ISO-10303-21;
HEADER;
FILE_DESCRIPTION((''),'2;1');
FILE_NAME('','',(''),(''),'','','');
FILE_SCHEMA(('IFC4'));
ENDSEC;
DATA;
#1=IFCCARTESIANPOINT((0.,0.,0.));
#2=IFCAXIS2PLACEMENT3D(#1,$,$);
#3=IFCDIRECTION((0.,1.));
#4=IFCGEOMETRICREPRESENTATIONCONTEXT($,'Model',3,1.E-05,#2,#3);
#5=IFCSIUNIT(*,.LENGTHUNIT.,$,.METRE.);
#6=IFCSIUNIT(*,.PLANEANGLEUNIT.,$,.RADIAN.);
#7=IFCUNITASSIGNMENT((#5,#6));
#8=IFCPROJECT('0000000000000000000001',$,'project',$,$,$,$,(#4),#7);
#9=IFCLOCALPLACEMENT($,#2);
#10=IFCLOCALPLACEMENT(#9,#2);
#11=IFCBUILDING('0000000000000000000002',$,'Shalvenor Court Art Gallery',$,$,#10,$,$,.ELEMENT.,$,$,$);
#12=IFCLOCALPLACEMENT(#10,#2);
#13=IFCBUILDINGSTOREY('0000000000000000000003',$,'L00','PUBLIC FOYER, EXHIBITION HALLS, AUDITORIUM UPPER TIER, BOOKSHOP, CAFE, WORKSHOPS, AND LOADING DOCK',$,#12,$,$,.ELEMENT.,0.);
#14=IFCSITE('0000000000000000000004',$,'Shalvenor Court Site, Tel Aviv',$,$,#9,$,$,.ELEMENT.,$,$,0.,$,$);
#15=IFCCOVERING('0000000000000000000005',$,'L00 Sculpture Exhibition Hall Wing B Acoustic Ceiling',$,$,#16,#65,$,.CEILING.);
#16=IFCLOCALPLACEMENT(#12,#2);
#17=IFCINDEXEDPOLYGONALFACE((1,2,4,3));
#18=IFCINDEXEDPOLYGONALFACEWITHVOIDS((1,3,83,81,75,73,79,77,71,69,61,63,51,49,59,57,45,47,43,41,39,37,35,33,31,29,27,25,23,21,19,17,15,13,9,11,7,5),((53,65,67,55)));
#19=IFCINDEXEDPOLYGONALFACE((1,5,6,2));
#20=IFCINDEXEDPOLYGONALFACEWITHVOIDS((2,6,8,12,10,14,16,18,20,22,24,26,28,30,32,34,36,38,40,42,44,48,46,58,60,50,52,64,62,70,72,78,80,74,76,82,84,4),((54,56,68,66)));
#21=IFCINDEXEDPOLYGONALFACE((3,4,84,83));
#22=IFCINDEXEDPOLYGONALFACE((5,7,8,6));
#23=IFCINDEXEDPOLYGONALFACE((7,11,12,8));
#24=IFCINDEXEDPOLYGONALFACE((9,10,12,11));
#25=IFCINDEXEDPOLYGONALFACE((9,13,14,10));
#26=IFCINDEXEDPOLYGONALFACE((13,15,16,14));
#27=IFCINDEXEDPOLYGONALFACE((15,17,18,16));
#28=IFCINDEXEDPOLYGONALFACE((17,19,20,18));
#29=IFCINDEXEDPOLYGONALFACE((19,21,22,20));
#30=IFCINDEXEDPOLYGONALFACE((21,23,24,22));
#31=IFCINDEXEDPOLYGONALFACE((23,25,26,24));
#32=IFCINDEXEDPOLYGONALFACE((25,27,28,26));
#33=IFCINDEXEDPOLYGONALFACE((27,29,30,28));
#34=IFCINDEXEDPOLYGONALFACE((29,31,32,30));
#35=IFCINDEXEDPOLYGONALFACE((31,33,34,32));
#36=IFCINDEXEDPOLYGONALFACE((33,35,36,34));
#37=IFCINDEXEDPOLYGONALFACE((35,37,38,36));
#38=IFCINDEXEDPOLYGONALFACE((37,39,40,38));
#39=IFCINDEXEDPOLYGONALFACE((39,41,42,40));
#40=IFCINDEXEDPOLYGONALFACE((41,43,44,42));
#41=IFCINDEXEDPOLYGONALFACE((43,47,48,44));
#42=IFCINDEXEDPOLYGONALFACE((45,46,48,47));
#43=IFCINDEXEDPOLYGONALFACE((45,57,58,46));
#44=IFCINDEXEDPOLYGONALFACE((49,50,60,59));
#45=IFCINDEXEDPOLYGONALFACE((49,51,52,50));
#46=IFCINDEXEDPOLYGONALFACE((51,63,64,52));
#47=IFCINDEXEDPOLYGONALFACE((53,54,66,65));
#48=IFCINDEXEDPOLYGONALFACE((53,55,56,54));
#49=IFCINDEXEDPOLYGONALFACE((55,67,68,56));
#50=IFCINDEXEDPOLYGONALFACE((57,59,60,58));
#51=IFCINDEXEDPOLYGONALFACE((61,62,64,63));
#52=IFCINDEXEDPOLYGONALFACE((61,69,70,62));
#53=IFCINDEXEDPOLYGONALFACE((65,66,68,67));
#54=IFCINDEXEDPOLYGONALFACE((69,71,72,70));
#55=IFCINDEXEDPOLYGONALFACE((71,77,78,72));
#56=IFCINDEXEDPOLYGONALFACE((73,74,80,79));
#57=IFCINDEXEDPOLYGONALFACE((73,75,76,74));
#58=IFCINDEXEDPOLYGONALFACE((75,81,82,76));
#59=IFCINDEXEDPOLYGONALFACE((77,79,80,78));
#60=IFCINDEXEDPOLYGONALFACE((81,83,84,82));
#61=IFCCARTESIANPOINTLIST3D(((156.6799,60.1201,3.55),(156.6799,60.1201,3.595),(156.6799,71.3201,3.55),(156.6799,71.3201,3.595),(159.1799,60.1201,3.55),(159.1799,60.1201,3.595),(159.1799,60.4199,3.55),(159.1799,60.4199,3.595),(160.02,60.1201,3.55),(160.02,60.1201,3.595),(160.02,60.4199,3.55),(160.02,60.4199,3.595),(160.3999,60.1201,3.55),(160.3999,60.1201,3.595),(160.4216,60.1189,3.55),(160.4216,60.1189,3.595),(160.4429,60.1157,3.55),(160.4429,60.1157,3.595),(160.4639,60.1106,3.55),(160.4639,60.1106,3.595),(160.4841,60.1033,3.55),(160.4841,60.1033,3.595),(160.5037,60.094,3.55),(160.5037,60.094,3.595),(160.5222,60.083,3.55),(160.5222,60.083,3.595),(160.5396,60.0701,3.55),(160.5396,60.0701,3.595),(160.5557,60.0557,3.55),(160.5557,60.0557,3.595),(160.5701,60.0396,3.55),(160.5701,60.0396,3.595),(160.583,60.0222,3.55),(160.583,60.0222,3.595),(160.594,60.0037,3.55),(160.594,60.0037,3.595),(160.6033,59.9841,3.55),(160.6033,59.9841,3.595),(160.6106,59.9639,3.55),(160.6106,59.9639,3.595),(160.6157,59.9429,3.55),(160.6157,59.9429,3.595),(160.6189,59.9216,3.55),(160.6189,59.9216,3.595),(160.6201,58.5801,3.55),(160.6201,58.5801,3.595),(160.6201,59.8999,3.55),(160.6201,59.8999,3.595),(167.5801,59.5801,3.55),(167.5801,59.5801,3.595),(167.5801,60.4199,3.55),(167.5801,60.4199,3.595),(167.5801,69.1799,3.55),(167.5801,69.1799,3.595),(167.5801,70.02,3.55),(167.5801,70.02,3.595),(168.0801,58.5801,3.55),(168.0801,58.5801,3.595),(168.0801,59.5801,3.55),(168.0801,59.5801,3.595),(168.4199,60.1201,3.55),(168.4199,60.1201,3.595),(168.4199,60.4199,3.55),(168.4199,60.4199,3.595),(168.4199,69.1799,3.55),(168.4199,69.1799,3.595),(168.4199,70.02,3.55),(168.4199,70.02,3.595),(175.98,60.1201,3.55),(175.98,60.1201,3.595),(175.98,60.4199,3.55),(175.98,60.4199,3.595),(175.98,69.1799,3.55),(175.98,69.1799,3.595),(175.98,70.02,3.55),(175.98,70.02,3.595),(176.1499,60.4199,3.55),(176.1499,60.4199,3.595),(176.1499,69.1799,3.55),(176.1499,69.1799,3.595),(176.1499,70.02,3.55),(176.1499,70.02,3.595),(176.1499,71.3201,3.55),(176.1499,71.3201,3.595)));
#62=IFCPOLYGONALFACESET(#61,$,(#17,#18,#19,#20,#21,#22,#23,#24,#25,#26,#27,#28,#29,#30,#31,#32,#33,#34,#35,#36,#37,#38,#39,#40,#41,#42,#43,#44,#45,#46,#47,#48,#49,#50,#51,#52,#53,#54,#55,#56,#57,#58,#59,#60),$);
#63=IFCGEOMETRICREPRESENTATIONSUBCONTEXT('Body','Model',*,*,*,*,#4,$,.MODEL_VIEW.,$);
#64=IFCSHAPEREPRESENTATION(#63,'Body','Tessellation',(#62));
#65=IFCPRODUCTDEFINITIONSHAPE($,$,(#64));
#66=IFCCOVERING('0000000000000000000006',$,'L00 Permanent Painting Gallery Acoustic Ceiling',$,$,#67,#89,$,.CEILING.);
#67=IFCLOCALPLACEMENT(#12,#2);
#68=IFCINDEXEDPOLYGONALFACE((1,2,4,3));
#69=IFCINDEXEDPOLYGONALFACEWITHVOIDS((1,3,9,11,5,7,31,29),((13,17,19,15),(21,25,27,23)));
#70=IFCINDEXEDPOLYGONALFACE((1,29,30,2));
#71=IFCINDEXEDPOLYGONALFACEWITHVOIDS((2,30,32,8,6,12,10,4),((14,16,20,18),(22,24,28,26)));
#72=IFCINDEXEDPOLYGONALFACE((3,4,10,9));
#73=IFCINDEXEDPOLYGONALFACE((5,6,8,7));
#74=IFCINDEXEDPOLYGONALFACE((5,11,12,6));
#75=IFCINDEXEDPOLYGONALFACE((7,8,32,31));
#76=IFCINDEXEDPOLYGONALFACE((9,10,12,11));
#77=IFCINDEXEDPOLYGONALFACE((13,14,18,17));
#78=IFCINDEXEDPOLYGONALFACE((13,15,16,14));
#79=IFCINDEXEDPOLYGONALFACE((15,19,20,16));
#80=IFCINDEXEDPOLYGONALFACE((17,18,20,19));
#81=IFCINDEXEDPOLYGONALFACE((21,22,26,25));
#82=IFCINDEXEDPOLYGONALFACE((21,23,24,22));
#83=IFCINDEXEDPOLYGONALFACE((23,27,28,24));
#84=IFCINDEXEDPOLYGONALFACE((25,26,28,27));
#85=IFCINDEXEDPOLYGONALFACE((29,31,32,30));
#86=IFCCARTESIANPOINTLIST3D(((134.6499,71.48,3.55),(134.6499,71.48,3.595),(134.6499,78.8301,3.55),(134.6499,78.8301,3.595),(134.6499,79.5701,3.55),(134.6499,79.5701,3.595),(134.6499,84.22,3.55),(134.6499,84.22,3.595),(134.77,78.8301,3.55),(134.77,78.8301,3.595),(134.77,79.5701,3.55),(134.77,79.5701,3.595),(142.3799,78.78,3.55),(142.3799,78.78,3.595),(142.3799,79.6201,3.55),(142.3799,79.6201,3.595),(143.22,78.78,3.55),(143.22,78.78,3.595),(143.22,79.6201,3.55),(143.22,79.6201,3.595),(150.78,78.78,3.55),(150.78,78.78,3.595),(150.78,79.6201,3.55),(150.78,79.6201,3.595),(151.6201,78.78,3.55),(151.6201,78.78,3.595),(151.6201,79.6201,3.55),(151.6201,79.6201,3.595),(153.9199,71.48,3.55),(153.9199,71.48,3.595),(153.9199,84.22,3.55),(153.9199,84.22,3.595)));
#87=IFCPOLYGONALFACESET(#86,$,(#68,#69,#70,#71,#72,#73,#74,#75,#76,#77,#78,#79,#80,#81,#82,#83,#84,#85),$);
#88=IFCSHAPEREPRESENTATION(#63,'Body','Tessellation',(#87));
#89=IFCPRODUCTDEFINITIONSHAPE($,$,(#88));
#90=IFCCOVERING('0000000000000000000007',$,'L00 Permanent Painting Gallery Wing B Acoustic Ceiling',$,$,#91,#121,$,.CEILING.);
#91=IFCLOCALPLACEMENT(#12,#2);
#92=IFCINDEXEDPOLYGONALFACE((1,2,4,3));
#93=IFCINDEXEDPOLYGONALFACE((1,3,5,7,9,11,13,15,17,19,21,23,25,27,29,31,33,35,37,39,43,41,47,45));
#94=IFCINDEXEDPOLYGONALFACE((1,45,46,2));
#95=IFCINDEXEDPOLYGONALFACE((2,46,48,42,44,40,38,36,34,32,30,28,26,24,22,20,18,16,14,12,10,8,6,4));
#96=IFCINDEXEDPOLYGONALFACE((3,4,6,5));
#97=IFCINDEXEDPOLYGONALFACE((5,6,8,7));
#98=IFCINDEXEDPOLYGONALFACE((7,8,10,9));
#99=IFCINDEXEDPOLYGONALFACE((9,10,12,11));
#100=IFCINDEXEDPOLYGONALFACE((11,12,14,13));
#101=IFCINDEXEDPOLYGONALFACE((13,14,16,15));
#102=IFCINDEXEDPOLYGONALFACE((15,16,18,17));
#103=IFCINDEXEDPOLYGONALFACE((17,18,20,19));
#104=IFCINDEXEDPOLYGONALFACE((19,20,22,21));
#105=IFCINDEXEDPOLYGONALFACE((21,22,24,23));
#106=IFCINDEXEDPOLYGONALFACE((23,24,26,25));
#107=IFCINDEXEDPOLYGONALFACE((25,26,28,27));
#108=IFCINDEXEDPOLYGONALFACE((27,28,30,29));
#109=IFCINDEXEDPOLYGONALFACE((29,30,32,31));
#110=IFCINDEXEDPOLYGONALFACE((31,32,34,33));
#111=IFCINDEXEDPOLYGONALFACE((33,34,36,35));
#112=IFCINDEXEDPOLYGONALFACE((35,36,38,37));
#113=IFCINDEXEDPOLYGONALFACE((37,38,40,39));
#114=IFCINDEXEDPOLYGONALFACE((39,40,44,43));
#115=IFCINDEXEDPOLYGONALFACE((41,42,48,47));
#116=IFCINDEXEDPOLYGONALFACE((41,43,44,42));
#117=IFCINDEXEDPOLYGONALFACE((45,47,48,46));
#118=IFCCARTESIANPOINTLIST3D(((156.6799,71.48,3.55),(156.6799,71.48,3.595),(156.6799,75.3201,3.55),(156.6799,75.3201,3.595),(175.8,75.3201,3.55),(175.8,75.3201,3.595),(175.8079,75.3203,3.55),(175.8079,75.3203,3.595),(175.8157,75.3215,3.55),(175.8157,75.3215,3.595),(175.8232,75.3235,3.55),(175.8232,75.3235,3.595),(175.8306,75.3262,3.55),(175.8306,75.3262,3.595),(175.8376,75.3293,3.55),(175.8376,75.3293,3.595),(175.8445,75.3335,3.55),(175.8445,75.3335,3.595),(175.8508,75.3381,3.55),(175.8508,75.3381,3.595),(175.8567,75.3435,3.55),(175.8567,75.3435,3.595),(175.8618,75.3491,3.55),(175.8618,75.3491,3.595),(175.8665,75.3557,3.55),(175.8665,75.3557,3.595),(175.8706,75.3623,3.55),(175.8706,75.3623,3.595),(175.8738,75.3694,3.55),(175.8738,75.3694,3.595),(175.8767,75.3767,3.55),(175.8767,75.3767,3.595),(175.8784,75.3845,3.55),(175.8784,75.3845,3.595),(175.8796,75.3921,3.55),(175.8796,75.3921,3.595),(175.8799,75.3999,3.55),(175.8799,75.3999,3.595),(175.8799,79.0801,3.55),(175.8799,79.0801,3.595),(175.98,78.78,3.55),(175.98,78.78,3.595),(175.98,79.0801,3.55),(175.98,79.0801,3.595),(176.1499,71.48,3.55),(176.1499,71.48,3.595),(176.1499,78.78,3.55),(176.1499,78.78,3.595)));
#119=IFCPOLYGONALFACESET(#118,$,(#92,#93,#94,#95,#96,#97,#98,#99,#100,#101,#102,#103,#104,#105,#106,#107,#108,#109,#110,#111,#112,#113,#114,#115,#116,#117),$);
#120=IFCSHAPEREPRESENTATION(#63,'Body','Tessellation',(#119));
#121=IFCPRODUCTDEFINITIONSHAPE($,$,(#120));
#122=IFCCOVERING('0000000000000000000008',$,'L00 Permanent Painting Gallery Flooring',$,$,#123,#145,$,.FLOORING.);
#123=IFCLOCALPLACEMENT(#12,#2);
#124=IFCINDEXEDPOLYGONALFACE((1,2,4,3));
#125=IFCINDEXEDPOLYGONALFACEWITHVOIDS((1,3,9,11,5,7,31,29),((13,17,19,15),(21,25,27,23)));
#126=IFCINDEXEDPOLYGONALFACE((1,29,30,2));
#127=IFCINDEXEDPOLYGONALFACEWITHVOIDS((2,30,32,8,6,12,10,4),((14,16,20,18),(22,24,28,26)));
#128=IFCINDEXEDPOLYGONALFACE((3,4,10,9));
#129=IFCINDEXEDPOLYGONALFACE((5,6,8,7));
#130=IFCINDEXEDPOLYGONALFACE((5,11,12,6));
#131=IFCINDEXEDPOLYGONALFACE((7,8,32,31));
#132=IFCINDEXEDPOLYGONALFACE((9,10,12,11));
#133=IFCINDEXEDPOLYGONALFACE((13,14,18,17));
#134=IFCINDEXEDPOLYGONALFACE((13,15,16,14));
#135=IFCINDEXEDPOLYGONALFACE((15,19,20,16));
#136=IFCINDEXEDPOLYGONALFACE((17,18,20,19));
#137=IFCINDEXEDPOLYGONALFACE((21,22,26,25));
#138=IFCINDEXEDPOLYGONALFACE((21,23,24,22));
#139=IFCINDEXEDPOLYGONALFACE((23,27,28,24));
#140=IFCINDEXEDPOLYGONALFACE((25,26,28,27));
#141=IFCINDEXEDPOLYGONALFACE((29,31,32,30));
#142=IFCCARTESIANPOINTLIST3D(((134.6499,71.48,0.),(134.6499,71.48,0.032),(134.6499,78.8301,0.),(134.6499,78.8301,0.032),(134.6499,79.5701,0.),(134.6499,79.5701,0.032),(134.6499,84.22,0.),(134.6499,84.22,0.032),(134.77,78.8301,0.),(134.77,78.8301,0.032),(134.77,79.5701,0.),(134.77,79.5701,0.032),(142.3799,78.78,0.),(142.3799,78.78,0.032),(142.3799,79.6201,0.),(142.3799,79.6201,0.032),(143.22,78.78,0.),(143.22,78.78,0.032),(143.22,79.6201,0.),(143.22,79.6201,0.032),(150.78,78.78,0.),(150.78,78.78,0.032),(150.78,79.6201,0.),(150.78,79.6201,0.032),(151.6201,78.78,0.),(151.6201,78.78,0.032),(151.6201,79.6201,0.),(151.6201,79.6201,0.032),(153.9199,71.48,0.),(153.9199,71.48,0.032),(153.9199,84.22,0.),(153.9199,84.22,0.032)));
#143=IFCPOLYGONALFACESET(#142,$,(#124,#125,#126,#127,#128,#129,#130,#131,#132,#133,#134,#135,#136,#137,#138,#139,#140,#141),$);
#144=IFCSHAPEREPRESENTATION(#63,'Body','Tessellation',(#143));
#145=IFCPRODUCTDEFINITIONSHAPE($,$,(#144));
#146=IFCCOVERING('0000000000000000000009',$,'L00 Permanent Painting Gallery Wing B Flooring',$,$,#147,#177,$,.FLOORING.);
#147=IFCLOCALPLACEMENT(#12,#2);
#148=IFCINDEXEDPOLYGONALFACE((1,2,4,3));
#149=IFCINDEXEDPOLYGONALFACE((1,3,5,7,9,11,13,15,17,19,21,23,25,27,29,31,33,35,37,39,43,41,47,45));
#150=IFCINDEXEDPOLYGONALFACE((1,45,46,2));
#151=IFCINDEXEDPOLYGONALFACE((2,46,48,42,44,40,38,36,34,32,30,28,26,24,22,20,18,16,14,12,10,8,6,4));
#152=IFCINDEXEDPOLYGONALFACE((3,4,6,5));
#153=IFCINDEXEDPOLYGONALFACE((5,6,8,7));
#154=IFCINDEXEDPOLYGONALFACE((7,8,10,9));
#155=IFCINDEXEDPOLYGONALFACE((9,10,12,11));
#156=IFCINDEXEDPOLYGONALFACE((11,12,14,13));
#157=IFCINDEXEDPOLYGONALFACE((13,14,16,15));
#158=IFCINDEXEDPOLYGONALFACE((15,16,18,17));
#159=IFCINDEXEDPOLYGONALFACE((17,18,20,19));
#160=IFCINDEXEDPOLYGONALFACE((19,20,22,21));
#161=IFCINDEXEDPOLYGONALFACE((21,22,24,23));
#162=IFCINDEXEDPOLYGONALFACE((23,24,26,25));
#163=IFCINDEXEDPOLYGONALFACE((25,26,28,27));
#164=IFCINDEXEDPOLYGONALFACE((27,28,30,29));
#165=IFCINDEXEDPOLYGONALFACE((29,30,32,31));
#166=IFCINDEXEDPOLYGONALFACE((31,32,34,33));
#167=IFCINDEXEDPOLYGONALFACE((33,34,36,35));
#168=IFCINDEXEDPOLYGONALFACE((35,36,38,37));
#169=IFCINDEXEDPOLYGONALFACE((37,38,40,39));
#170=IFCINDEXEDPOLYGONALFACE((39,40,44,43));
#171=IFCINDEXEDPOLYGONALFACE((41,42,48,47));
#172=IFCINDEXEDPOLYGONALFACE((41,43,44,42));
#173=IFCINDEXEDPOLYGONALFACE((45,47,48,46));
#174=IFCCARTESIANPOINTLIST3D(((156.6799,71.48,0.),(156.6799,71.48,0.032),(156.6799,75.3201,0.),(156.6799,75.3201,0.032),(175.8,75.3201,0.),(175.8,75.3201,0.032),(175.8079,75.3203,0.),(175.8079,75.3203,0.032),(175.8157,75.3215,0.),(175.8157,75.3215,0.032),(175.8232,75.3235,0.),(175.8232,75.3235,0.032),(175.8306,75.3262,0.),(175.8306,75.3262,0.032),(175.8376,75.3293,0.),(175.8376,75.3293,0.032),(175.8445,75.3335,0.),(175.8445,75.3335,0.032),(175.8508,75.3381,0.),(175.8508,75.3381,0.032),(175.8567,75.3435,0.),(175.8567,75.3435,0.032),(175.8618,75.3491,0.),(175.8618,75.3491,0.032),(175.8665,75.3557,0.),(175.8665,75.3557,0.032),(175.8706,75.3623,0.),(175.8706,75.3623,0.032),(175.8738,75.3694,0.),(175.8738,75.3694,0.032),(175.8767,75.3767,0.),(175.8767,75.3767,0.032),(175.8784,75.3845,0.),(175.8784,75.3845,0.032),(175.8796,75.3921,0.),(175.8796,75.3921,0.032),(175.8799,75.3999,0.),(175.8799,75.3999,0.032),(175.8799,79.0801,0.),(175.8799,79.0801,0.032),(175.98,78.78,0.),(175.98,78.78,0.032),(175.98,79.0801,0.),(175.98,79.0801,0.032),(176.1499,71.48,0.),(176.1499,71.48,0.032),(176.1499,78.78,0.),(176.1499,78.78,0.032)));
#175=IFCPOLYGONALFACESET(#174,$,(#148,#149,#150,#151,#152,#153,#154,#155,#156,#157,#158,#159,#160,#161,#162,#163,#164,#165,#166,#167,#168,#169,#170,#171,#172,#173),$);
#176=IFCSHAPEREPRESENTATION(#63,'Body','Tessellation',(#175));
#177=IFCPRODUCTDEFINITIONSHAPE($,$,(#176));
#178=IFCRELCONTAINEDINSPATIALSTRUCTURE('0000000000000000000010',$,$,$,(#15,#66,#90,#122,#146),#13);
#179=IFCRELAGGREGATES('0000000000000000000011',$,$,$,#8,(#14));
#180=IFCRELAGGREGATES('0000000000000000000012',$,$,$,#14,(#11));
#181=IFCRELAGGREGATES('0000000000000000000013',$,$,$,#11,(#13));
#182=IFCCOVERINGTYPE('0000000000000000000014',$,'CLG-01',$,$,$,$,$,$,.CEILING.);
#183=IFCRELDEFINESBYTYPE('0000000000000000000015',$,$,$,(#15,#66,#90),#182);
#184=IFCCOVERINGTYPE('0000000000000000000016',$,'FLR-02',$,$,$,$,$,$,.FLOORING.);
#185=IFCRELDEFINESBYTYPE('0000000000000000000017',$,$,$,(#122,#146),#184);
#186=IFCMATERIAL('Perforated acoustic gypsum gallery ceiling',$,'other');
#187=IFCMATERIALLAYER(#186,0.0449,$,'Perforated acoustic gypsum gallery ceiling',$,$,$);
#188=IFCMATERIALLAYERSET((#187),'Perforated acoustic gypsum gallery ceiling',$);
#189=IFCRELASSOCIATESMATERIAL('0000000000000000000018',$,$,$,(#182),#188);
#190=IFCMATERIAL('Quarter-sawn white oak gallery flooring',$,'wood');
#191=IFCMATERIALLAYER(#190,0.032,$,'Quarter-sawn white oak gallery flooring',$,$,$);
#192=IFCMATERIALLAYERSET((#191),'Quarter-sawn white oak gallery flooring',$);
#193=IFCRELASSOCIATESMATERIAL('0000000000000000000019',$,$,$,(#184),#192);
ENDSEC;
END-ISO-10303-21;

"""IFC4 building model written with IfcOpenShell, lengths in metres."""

from ifc_helpers import new_model, si_unit, direction, frame, origin, place, context, subcontext, project, spatial, polyline, outline, extrude, material, layer, layer_set, type_object, element, save


model = new_model("IFC4")

# Units and contexts
model_context = context("Model", 3, precision=1e-05, world=origin(), true_north=direction((0.0, 1.0)))
body_context = subcontext(model_context, "Body", "Model", "MODEL_VIEW")
ifc_project = project(units=[si_unit("LENGTHUNIT", "METRE"), si_unit("PLANEANGLEUNIT", "RADIAN")], contexts=[model_context])

# Site, building, storey
site_placement = place(None, origin())
site = spatial("IfcSite", under=ifc_project, at=site_placement, Name="Shalvenor Court Site, Tel Aviv", CompositionType="ELEMENT", RefElevation=0.0)
building_placement = place(site_placement, origin())
building = spatial("IfcBuilding", under=site, at=building_placement, Name="Shalvenor Court Art Gallery", CompositionType="ELEMENT")
storey_placement = place(building_placement, origin())
storey = spatial("IfcBuildingStorey", under=building, at=storey_placement, Name="L00", Description="PUBLIC FOYER, EXHIBITION HALLS, AUDITORIUM UPPER TIER, BOOKSHOP, CAFE, WORKSHOPS, AND LOADING DOCK", CompositionType="ELEMENT", Elevation=0.0)

# Coverings
ifc_material_1 = material(Name="Perforated acoustic gypsum gallery ceiling", Category="other")
ifc_layer_1 = layer(ifc_material_1, 0.0449, Name="Perforated acoustic gypsum gallery ceiling")
ifc_layer_set_1 = layer_set([ifc_layer_1], Name="Perforated acoustic gypsum gallery ceiling")
covering_type_1 = type_object("IfcCoveringType", Name="CLG-01", PredefinedType="CEILING", material=ifc_layer_set_1)
covering_1_placement = place(storey_placement, frame((0.0, 0.0, 3.55)))
element("IfcCovering", 1, at=covering_1_placement, inside=storey, type_object=covering_type_1, Name="L00 Sculpture Exhibition Hall Wing B Acoustic Ceiling", PredefinedType="CEILING", context=body_context, shape_type="SweptSolid", body=[
    extrude(outline(polyline([(168.4199, 60.1201), (168.4199, 60.4199), (167.5801, 60.4199), (167.5801, 59.5801), (168.0801, 59.5801), (168.0801, 58.5801), (160.6201, 58.5801), (160.6201, 59.8999), (160.6189, 59.9216), (160.6157, 59.9429), (160.6106, 59.9639), (160.6033, 59.9841), (160.594, 60.0037), (160.583, 60.0222), (160.5701, 60.0396), (160.5557, 60.0557), (160.5396, 60.0701), (160.5222, 60.083), (160.5037, 60.094), (160.4841, 60.1033), (160.4639, 60.1106), (160.4429, 60.1157), (160.4216, 60.1189), (160.3999, 60.1201), (160.02, 60.1201), (160.02, 60.4199), (159.1799, 60.4199), (159.1799, 60.1201), (156.6799, 60.1201), (156.6799, 71.3201), (176.1499, 71.3201), (176.1499, 70.02), (175.98, 70.02), (175.98, 69.1799), (176.1499, 69.1799), (176.1499, 60.4199), (175.98, 60.4199), (175.98, 60.1201), (168.4199, 60.1201)]), holes=[polyline([(167.5801, 70.02), (167.5801, 69.1799), (168.4199, 69.1799), (168.4199, 70.02), (167.5801, 70.02)])]), origin(), (0.0, 0.0, 1.0), 0.0449),
])
covering_2_placement = place(storey_placement, frame((0.0, 0.0, 3.55)))
element("IfcCovering", 2, at=covering_2_placement, inside=storey, type_object=covering_type_1, Name="L00 Permanent Painting Gallery Acoustic Ceiling", PredefinedType="CEILING", context=body_context, shape_type="SweptSolid", body=[
    extrude(outline(polyline([(153.9199, 84.22), (153.9199, 71.48), (134.6499, 71.48), (134.6499, 78.8301), (134.77, 78.8301), (134.77, 79.5701), (134.6499, 79.5701), (134.6499, 84.22), (153.9199, 84.22)]), holes=[polyline([(151.6201, 79.6201), (150.78, 79.6201), (150.78, 78.78), (151.6201, 78.78), (151.6201, 79.6201)]), polyline([(142.3799, 79.6201), (142.3799, 78.78), (143.22, 78.78), (143.22, 79.6201), (142.3799, 79.6201)])]), origin(), (0.0, 0.0, 1.0), 0.0449),
])
covering_3_placement = place(storey_placement, frame((0.0, 0.0, 3.55)))
element("IfcCovering", 3, at=covering_3_placement, inside=storey, type_object=covering_type_1, Name="L00 Permanent Painting Gallery Wing B Acoustic Ceiling", PredefinedType="CEILING", context=body_context, shape_type="SweptSolid", body=[
    extrude(outline(polyline([(176.1499, 71.48), (156.6799, 71.48), (156.6799, 75.3201), (175.8, 75.3201), (175.8079, 75.3203), (175.8157, 75.3215), (175.8232, 75.3235), (175.8306, 75.3262), (175.8376, 75.3293), (175.8445, 75.3335), (175.8508, 75.3381), (175.8567, 75.3435), (175.8618, 75.3491), (175.8665, 75.3557), (175.8706, 75.3623), (175.8738, 75.3694), (175.8767, 75.3767), (175.8784, 75.3845), (175.8796, 75.3921), (175.8799, 75.3999), (175.8799, 79.0801), (175.98, 79.0801), (175.98, 78.78), (176.1499, 78.78), (176.1499, 71.48)])), origin(), (0.0, 0.0, 1.0), 0.0449),
])
ifc_material_2 = material(Name="Quarter-sawn white oak gallery flooring", Category="wood")
ifc_layer_2 = layer(ifc_material_2, 0.032, Name="Quarter-sawn white oak gallery flooring")
ifc_layer_set_2 = layer_set([ifc_layer_2], Name="Quarter-sawn white oak gallery flooring")
covering_type_2 = type_object("IfcCoveringType", Name="FLR-02", PredefinedType="FLOORING", material=ifc_layer_set_2)
covering_4_placement = place(storey_placement, origin())
element("IfcCovering", 4, at=covering_4_placement, inside=storey, type_object=covering_type_2, Name="L00 Permanent Painting Gallery Flooring", PredefinedType="FLOORING", context=body_context, shape_type="SweptSolid", body=[
    extrude(outline(polyline([(153.9199, 84.22), (153.9199, 71.48), (134.6499, 71.48), (134.6499, 78.8301), (134.77, 78.8301), (134.77, 79.5701), (134.6499, 79.5701), (134.6499, 84.22), (153.9199, 84.22)]), holes=[polyline([(151.6201, 79.6201), (150.78, 79.6201), (150.78, 78.78), (151.6201, 78.78), (151.6201, 79.6201)]), polyline([(142.3799, 79.6201), (142.3799, 78.78), (143.22, 78.78), (143.22, 79.6201), (142.3799, 79.6201)])]), origin(), (0.0, 0.0, 1.0), 0.032),
])
covering_5_placement = place(storey_placement, origin())
element("IfcCovering", 5, at=covering_5_placement, inside=storey, type_object=covering_type_2, Name="L00 Permanent Painting Gallery Wing B Flooring", PredefinedType="FLOORING", context=body_context, shape_type="SweptSolid", body=[
    extrude(outline(polyline([(176.1499, 71.48), (156.6799, 71.48), (156.6799, 75.3201), (175.8, 75.3201), (175.8079, 75.3203), (175.8157, 75.3215), (175.8232, 75.3235), (175.8306, 75.3262), (175.8376, 75.3293), (175.8445, 75.3335), (175.8508, 75.3381), (175.8567, 75.3435), (175.8618, 75.3491), (175.8665, 75.3557), (175.8706, 75.3623), (175.8738, 75.3694), (175.8767, 75.3767), (175.8784, 75.3845), (175.8796, 75.3921), (175.8799, 75.3999), (175.8799, 79.0801), (175.98, 79.0801), (175.98, 78.78), (176.1499, 78.78), (176.1499, 71.48)])), origin(), (0.0, 0.0, 1.0), 0.032),
])

save(model, "model.ifc")
